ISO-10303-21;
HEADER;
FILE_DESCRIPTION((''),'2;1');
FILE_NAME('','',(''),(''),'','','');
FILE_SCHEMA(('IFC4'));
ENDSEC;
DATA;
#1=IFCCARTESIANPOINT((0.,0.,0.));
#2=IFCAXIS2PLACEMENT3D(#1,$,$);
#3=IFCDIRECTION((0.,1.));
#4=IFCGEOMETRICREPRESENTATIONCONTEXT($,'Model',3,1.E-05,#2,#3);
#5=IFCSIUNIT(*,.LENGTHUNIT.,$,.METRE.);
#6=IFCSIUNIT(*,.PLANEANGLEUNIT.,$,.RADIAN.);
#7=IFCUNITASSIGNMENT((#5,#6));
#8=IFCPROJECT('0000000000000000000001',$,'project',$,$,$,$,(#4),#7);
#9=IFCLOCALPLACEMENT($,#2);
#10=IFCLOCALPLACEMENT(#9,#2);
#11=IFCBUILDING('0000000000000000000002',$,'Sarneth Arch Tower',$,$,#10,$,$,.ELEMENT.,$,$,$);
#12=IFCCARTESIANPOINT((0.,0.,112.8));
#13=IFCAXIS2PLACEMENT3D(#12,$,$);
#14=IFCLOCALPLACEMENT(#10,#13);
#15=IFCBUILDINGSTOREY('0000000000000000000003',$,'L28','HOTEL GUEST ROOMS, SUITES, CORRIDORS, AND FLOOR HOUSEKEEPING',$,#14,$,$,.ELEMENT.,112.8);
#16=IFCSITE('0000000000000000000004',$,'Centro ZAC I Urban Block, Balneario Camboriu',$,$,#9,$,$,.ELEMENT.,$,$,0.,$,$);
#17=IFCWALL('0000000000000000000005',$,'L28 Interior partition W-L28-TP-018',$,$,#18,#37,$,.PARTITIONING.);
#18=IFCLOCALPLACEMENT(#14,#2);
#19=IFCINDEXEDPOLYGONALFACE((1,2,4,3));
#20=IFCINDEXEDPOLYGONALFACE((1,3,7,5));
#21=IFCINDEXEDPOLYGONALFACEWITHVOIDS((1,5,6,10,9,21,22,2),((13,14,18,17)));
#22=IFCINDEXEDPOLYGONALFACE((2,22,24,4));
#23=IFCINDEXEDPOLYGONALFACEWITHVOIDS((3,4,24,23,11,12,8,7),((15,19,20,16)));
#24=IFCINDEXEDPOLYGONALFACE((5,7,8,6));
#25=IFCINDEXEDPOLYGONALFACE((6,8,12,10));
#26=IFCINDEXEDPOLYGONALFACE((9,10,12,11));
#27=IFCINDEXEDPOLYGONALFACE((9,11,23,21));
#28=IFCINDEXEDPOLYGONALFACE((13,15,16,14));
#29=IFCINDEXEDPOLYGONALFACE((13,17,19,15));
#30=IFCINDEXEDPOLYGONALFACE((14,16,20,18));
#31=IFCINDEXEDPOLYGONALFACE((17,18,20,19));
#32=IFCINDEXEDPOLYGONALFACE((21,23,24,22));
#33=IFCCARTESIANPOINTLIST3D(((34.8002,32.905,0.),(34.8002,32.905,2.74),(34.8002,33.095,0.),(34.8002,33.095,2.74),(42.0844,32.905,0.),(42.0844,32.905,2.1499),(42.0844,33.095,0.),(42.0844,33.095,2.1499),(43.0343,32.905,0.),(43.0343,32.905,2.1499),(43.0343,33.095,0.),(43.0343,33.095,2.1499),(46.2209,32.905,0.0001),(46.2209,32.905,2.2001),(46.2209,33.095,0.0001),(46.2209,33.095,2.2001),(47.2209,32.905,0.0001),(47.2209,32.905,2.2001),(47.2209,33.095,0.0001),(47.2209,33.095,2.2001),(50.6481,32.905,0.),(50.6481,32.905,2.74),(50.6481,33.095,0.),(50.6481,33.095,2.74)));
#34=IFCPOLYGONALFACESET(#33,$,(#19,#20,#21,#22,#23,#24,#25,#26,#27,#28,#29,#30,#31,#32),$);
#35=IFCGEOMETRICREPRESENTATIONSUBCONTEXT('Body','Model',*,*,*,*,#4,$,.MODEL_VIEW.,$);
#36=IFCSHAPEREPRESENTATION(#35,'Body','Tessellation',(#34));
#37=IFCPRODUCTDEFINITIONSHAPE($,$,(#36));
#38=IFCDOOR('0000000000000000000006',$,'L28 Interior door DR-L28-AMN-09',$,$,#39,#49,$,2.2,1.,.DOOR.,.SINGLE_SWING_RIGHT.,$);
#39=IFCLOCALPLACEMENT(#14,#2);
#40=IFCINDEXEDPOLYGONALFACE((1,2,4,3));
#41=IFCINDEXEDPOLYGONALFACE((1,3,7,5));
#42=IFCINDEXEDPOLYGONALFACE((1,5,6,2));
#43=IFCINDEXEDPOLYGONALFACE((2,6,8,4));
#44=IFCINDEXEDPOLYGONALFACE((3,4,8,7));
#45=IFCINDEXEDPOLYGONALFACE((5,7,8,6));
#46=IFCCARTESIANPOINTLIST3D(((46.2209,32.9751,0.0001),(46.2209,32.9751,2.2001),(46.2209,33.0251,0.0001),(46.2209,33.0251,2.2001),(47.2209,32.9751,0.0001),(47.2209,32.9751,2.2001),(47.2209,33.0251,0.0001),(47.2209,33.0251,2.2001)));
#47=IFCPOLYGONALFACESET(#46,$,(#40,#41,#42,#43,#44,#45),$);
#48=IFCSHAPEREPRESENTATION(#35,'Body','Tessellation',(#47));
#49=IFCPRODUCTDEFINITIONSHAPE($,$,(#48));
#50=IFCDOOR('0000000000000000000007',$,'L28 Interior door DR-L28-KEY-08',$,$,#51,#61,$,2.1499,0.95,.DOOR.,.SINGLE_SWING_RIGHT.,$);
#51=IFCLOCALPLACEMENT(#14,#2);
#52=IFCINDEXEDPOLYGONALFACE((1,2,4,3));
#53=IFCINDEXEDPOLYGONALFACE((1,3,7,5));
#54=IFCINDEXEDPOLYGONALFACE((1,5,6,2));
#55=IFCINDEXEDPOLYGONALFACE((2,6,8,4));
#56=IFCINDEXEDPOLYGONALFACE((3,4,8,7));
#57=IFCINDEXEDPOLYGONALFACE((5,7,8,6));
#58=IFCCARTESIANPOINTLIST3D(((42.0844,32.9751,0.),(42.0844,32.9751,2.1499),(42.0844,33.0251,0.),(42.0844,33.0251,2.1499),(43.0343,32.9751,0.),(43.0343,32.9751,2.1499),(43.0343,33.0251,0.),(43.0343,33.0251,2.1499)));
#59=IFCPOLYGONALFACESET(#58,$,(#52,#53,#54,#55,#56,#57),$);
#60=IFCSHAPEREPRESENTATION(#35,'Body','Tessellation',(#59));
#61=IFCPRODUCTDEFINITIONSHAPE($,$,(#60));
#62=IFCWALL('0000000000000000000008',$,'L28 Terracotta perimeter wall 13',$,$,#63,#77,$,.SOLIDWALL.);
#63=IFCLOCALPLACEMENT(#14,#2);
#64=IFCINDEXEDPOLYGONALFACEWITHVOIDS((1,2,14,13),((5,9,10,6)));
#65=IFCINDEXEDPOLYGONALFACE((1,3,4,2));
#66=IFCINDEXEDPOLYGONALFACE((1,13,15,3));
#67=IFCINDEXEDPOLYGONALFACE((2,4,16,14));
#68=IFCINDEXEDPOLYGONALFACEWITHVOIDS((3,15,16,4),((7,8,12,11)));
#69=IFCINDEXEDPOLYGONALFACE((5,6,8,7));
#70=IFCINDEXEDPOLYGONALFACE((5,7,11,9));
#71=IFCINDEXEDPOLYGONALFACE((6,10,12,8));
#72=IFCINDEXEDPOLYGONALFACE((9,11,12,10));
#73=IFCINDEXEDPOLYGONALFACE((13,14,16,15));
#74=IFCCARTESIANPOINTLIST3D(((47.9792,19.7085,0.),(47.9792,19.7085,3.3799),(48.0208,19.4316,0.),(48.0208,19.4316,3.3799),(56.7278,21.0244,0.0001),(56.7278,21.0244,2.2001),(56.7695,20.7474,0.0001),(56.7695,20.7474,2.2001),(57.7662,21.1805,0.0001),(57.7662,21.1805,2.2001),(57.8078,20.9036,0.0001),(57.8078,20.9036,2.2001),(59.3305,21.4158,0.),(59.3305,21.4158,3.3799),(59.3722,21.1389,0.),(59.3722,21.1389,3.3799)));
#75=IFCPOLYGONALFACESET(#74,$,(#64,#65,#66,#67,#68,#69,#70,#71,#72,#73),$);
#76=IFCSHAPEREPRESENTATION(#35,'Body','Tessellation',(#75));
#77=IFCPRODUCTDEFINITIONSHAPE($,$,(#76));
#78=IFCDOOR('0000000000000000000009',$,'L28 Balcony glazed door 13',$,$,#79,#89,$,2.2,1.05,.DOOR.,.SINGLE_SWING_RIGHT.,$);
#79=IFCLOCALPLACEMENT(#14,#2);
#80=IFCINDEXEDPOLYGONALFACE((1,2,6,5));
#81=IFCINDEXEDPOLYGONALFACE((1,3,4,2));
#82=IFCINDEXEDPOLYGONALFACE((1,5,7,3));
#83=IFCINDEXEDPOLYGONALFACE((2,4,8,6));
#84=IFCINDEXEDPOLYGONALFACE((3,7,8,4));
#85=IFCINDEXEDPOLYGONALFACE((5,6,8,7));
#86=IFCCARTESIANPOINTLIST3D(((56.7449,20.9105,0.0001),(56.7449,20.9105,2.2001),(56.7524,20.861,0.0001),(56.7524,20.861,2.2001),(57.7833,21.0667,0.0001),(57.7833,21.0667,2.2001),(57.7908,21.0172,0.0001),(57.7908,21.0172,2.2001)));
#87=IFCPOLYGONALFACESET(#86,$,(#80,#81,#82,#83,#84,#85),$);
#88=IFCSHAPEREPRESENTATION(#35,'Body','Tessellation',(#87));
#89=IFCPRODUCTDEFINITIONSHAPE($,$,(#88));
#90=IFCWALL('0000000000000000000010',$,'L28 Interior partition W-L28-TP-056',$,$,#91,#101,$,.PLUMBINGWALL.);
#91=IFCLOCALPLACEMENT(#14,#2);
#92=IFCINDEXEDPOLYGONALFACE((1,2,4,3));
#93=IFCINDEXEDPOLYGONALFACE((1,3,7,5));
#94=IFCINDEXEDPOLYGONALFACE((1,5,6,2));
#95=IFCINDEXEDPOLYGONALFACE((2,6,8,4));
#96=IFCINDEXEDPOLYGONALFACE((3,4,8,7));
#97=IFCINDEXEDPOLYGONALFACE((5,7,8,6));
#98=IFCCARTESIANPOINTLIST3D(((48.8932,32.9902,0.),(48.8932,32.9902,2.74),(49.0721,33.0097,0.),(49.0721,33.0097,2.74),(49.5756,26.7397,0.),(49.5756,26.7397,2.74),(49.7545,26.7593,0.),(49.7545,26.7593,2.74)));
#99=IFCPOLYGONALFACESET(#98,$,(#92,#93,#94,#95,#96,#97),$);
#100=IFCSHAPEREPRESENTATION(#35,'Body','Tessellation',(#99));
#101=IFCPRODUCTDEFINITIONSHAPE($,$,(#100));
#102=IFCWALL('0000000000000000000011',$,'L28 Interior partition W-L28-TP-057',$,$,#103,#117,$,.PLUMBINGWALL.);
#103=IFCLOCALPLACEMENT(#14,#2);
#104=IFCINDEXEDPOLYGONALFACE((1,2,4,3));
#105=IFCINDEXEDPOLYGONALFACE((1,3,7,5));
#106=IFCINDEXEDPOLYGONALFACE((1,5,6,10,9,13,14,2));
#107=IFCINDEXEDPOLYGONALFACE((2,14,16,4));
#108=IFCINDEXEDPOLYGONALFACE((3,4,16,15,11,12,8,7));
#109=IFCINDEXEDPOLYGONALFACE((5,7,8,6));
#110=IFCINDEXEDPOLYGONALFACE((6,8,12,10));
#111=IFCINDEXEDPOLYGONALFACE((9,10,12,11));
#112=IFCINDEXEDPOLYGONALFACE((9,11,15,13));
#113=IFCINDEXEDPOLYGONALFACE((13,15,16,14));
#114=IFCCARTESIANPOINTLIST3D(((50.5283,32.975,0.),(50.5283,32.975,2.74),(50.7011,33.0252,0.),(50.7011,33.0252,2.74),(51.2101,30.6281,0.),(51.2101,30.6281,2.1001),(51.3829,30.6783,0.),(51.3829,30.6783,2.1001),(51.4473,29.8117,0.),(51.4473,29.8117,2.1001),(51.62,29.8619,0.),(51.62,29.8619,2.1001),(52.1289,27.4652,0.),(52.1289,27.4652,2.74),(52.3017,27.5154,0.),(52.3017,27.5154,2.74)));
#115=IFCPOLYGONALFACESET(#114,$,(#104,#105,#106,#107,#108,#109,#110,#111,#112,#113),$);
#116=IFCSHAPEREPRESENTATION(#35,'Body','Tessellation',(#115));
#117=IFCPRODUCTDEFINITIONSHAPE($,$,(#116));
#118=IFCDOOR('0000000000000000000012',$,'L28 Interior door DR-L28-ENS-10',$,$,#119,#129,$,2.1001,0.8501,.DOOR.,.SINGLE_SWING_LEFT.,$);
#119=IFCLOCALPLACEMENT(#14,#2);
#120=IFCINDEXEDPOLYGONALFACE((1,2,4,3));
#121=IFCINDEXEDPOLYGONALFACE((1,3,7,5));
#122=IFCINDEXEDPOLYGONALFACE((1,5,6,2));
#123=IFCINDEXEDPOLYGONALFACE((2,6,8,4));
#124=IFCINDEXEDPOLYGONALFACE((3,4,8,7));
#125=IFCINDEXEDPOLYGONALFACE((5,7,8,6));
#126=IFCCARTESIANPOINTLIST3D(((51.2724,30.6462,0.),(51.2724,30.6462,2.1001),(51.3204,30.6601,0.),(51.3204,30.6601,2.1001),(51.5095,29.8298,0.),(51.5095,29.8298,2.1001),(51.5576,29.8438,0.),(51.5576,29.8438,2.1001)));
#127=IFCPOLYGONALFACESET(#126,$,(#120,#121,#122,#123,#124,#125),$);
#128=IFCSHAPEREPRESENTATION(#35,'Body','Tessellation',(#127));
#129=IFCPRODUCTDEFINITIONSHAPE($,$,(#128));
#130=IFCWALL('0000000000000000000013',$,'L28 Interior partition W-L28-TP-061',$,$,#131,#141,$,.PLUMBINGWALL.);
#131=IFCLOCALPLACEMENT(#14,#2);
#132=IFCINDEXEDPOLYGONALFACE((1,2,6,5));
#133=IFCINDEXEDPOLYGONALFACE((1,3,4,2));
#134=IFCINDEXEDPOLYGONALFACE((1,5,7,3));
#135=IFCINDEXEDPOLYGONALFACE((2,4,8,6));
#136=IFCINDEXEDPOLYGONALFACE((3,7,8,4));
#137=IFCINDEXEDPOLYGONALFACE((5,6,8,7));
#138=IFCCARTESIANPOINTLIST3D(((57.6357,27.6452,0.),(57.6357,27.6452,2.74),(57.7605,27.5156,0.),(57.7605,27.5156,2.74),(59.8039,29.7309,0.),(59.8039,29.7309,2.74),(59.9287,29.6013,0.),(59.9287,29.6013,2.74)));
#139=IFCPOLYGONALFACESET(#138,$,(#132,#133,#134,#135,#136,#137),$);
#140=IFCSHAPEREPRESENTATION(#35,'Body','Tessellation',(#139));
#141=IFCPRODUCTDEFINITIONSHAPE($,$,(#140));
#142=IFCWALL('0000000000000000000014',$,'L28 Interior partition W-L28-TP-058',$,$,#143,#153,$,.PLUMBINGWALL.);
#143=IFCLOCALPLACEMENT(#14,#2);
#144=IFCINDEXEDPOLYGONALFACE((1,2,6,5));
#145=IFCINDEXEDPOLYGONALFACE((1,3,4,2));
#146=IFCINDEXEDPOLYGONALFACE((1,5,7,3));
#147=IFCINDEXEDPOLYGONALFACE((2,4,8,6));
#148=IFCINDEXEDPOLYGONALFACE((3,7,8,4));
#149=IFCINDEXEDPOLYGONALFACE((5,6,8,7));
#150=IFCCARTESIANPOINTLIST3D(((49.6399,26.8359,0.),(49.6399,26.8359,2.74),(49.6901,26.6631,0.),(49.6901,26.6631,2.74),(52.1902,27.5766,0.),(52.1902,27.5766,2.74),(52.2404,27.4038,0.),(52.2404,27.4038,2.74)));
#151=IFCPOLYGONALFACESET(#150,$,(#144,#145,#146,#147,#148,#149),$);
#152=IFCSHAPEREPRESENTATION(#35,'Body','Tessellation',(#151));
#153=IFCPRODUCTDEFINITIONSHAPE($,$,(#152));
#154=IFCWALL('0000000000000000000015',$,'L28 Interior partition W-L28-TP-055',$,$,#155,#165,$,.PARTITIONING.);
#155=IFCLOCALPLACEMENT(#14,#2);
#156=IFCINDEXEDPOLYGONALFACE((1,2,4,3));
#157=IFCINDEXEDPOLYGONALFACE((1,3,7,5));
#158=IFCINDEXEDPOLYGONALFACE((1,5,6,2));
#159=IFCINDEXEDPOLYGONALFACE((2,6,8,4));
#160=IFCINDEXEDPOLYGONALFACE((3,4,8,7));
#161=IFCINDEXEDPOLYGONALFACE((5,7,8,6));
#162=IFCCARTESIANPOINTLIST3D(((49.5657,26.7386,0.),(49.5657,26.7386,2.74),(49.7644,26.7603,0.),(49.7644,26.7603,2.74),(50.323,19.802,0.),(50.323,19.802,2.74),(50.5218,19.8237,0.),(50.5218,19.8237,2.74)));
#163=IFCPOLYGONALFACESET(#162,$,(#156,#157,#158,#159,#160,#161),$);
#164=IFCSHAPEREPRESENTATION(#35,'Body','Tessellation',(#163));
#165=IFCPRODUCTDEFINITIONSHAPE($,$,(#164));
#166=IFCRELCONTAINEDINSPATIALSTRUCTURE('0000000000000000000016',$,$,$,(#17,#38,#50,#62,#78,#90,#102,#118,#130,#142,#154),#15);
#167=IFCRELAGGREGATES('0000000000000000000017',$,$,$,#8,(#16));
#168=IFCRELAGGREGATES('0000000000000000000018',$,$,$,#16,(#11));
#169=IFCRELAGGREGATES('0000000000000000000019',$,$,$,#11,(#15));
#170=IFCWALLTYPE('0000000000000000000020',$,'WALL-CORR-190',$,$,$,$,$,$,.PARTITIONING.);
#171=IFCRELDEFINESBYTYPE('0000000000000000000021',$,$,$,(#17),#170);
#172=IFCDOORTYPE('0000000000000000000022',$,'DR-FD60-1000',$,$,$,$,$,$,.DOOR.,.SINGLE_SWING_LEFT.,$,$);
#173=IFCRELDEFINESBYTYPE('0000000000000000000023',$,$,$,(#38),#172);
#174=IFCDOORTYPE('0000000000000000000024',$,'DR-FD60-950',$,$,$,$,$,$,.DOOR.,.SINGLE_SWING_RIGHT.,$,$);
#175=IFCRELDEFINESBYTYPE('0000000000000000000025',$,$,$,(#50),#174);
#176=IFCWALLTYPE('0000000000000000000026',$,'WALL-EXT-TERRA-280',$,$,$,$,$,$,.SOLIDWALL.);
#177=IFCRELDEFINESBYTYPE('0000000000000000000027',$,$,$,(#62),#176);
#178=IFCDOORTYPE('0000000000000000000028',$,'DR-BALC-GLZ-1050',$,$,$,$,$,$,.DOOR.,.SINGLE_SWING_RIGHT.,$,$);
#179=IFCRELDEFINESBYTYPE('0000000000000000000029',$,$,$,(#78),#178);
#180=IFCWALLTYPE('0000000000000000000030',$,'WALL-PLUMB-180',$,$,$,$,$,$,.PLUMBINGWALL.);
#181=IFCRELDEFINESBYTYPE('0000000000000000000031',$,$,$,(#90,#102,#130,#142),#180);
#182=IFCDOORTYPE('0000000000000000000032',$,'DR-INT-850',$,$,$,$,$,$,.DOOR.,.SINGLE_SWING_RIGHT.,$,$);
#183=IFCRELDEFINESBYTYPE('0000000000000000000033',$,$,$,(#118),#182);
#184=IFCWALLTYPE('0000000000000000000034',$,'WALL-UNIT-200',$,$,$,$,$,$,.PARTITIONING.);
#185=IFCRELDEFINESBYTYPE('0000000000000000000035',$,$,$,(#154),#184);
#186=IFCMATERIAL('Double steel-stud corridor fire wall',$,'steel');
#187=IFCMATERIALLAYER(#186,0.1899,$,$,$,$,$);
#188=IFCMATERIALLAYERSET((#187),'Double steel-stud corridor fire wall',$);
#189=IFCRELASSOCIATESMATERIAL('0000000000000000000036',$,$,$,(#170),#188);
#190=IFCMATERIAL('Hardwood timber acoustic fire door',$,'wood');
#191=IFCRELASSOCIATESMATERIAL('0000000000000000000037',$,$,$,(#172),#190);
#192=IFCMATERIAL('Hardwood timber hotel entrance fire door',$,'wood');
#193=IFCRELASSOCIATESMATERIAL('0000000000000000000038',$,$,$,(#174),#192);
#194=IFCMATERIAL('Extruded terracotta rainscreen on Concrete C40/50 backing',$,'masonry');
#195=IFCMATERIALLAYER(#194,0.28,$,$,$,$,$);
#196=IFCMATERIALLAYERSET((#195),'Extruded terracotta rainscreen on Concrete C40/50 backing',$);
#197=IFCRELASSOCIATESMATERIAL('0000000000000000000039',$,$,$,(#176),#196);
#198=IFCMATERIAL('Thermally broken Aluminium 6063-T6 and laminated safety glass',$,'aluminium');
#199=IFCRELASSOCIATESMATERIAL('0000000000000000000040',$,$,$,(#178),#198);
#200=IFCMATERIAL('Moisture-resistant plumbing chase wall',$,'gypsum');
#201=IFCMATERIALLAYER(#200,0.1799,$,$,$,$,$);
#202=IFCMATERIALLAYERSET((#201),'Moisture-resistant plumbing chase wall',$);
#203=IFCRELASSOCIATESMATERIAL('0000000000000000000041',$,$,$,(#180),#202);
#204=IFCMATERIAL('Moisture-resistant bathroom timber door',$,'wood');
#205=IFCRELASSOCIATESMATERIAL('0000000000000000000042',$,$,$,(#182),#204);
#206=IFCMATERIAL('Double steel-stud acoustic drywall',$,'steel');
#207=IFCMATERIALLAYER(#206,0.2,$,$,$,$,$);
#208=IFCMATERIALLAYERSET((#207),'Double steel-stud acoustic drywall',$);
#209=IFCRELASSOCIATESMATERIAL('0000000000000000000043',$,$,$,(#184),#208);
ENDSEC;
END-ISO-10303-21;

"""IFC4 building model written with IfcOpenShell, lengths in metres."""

from ifc_helpers import new_model, si_unit, direction, frame, frame_2d, origin, place, context, subcontext, project, spatial, rectangle, extrude, material, layer, layer_set, type_object, element, fill, save


model = new_model("IFC4")

# Units and contexts
model_context = context("Model", 3, precision=1e-05, world=origin(), true_north=direction((0.0, 1.0)))
body_context = subcontext(model_context, "Body", "Model", "MODEL_VIEW")
ifc_project = project(units=[si_unit("LENGTHUNIT", "METRE"), si_unit("PLANEANGLEUNIT", "RADIAN")], contexts=[model_context])

# Site, building, storey
site_placement = place(None, origin())
site = spatial("IfcSite", under=ifc_project, at=site_placement, Name="Centro ZAC I Urban Block, Balneario Camboriu", CompositionType="ELEMENT", RefElevation=0.0)
building_placement = place(site_placement, origin())
building = spatial("IfcBuilding", under=site, at=building_placement, Name="Sarneth Arch Tower", CompositionType="ELEMENT")
storey_placement = place(building_placement, frame((0.0, 0.0, 112.8)))
storey = spatial("IfcBuildingStorey", under=building, at=storey_placement, Name="L28", Description="HOTEL GUEST ROOMS, SUITES, CORRIDORS, AND FLOOR HOUSEKEEPING", CompositionType="ELEMENT", Elevation=112.8)

# Wall, openings, doors
ifc_material_1 = material(Name="Double steel-stud corridor fire wall", Category="steel")
ifc_layer_1 = layer(ifc_material_1, 0.1899)
ifc_layer_set_1 = layer_set([ifc_layer_1], Name="Double steel-stud corridor fire wall")
wall_type_1 = type_object("IfcWallType", Name="WALL-CORR-190", PredefinedType="PARTITIONING", material=ifc_layer_set_1)
wall_1_placement = place(storey_placement, frame((50.6479, 33.0, 0.0), z_axis=(0.0, 0.0, 1.0), x_axis=(-1.0, 0.0, 0.0)))
wall_1 = element("IfcWall", 1, at=wall_1_placement, inside=storey, type_object=wall_type_1, Name="L28 Interior partition W-L28-TP-018", PredefinedType="PARTITIONING", context=body_context, shape_type="SweptSolid", body=[
    extrude(rectangle(XDim=15.8479, YDim=0.1899, at=frame_2d((7.9238, 0.0))), origin(), (0.0, 0.0, 1.0), 2.74),
])
opening_1_placement = place(wall_1_placement, frame((3.427, 0.0, 0.0)))
opening_1 = element("IfcOpeningElement", 2, at=opening_1_placement, cuts=wall_1, PredefinedType="OPENING", context=body_context, shape_type="SweptSolid", body=[
    extrude(rectangle(XDim=1.0, YDim=2.2, at=frame_2d((0.5, 1.1001))), frame((0.0, 0.105, 0.0), z_axis=(0.0, -1.0, 0.0), x_axis=(1.0, 0.0, 0.0)), (0.0, 0.0, 1.0), 0.21),
])
opening_2_placement = place(wall_1_placement, frame((7.6135, 0.0, 0.0)))
opening_2 = element("IfcOpeningElement", 3, at=opening_2_placement, cuts=wall_1, PredefinedType="OPENING", context=body_context, shape_type="SweptSolid", body=[
    extrude(rectangle(XDim=0.95, YDim=2.1499, at=frame_2d((0.4751, 1.075))), frame((0.0, 0.105, 0.0), z_axis=(0.0, -1.0, 0.0), x_axis=(1.0, 0.0, 0.0)), (0.0, 0.0, 1.0), 0.21),
])
ifc_material_2 = material(Name="Hardwood timber acoustic fire door", Category="wood")
door_type_1 = type_object("IfcDoorType", Name="DR-FD60-1000", OperationType="SINGLE_SWING_LEFT", PredefinedType="DOOR", material=ifc_material_2)
door_1_placement = place(opening_1_placement, origin())
door_1 = element("IfcDoor", 4, at=door_1_placement, inside=storey, type_object=door_type_1, Name="L28 Interior door DR-L28-AMN-09", OperationType="SINGLE_SWING_RIGHT", OverallHeight=2.2, OverallWidth=1.0, PredefinedType="DOOR", context=body_context, shape_type="SweptSolid", body=[
    extrude(rectangle(XDim=1.0, YDim=2.2, at=frame_2d((0.5, 1.1001))), frame((0.0, 0.0249, 0.0), z_axis=(0.0, -1.0, 0.0), x_axis=(1.0, 0.0, 0.0)), (0.0, 0.0, 1.0), 0.05),
])
fill(opening_1, door_1)
ifc_material_3 = material(Name="Hardwood timber hotel entrance fire door", Category="wood")
door_type_2 = type_object("IfcDoorType", Name="DR-FD60-950", OperationType="SINGLE_SWING_RIGHT", PredefinedType="DOOR", material=ifc_material_3)
door_2_placement = place(opening_2_placement, origin())
door_2 = element("IfcDoor", 5, at=door_2_placement, inside=storey, type_object=door_type_2, Name="L28 Interior door DR-L28-KEY-08", OperationType="SINGLE_SWING_RIGHT", OverallHeight=2.1499, OverallWidth=0.95, PredefinedType="DOOR", context=body_context, shape_type="SweptSolid", body=[
    extrude(rectangle(XDim=0.95, YDim=2.1499, at=frame_2d((0.4751, 1.075))), frame((0.0, 0.0249, 0.0), z_axis=(0.0, -1.0, 0.0), x_axis=(1.0, 0.0, 0.0)), (0.0, 0.0, 1.0), 0.05),
])
fill(opening_2, door_2)

# Wall, opening, door
ifc_material_4 = material(Name="Extruded terracotta rainscreen on Concrete C40/50 backing", Category="masonry")
ifc_layer_2 = layer(ifc_material_4, 0.28)
ifc_layer_set_2 = layer_set([ifc_layer_2], Name="Extruded terracotta rainscreen on Concrete C40/50 backing")
wall_type_2 = type_object("IfcWallType", Name="WALL-EXT-TERRA-280", PredefinedType="SOLIDWALL", material=ifc_layer_set_2)
wall_2_placement = place(storey_placement, frame((48.0, 19.5701, 0.0), z_axis=(0.0, 0.0, 1.0), x_axis=(0.988878, 0.14873, 0.0)))
wall_2 = element("IfcWall", 6, at=wall_2_placement, inside=storey, type_object=wall_type_2, Name="L28 Terracotta perimeter wall 13", PredefinedType="SOLIDWALL", context=body_context, shape_type="SweptSolid", body=[
    extrude(rectangle(XDim=11.479, YDim=0.28, at=frame_2d((5.7395, 0.0))), origin(), (0.0, 0.0, 1.0), 3.3799),
])
opening_3_placement = place(wall_2_placement, frame((8.8472, 0.0, 0.0)))
opening_3 = element("IfcOpeningElement", 7, at=opening_3_placement, cuts=wall_2, PredefinedType="OPENING", context=body_context, shape_type="SweptSolid", body=[
    extrude(rectangle(XDim=1.05, YDim=2.2, at=frame_2d((0.5249, 1.1001))), frame((0.0, 0.1499, 0.0), z_axis=(0.0, -1.0, 0.0), x_axis=(1.0, 0.0, 0.0)), (0.0, 0.0, 1.0), 0.3),
])
ifc_material_5 = material(Name="Thermally broken Aluminium 6063-T6 and laminated safety glass", Category="aluminium")
door_type_3 = type_object("IfcDoorType", Name="DR-BALC-GLZ-1050", OperationType="SINGLE_SWING_RIGHT", PredefinedType="DOOR", material=ifc_material_5)
door_3_placement = place(opening_3_placement, origin())
door_3 = element("IfcDoor", 8, at=door_3_placement, inside=storey, type_object=door_type_3, Name="L28 Balcony glazed door 13", OperationType="SINGLE_SWING_RIGHT", OverallHeight=2.2, OverallWidth=1.05, PredefinedType="DOOR", context=body_context, shape_type="SweptSolid", body=[
    extrude(rectangle(XDim=1.05, YDim=2.2, at=frame_2d((0.5249, 1.1001))), frame((0.0, 0.0249, 0.0), z_axis=(0.0, -1.0, 0.0), x_axis=(1.0, 0.0, 0.0)), (0.0, 0.0, 1.0), 0.05),
])
fill(opening_3, door_3)

# Wall
ifc_material_6 = material(Name="Moisture-resistant plumbing chase wall", Category="gypsum")
ifc_layer_3 = layer(ifc_material_6, 0.1799)
ifc_layer_set_3 = layer_set([ifc_layer_3], Name="Moisture-resistant plumbing chase wall")
wall_type_3 = type_object("IfcWallType", Name="WALL-PLUMB-180", PredefinedType="PLUMBINGWALL", material=ifc_layer_set_3)
wall_3_placement = place(storey_placement, frame((49.665, 26.7495, 0.0), z_axis=(0.0, 0.0, 1.0), x_axis=(-0.108526, 0.994094, 0.0)))
element("IfcWall", 9, at=wall_3_placement, inside=storey, type_object=wall_type_3, Name="L28 Interior partition W-L28-TP-056", PredefinedType="PLUMBINGWALL", context=body_context, shape_type="SweptSolid", body=[
    extrude(rectangle(XDim=6.2876, YDim=0.1799, at=frame_2d((3.1438, 0.0))), origin(), (0.0, 0.0, 1.0), 2.74),
])

# Wall, opening, door
wall_4_placement = place(storey_placement, frame((50.6147, 33.0, 0.0), z_axis=(0.0, 0.0, 1.0), x_axis=(0.278967, -0.960301, 0.0)))
wall_4 = element("IfcWall", 10, at=wall_4_placement, inside=storey, type_object=wall_type_3, Name="L28 Interior partition W-L28-TP-057", PredefinedType="PLUMBINGWALL", context=body_context, shape_type="SweptSolid", body=[
    extrude(rectangle(XDim=5.7375, YDim=0.1799, at=frame_2d((2.8687, 0.0))), origin(), (0.0, 0.0, 1.0), 2.74),
])
opening_4_placement = place(wall_4_placement, frame((2.4438, 0.0, 0.0)))
opening_4 = element("IfcOpeningElement", 11, at=opening_4_placement, cuts=wall_4, PredefinedType="OPENING", context=body_context, shape_type="SweptSolid", body=[
    extrude(rectangle(XDim=0.8501, YDim=2.1001, at=frame_2d((0.425, 1.05))), frame((0.0, 0.0999, 0.0), z_axis=(0.0, -1.0, 0.0), x_axis=(1.0, 0.0, 0.0)), (0.0, 0.0, 1.0), 0.2),
])
ifc_material_7 = material(Name="Moisture-resistant bathroom timber door", Category="wood")
door_type_4 = type_object("IfcDoorType", Name="DR-INT-850", OperationType="SINGLE_SWING_RIGHT", PredefinedType="DOOR", material=ifc_material_7)
door_4_placement = place(opening_4_placement, origin())
door_4 = element("IfcDoor", 12, at=door_4_placement, inside=storey, type_object=door_type_4, Name="L28 Interior door DR-L28-ENS-10", OperationType="SINGLE_SWING_LEFT", OverallHeight=2.1001, OverallWidth=0.8501, PredefinedType="DOOR", context=body_context, shape_type="SweptSolid", body=[
    extrude(rectangle(XDim=0.8501, YDim=2.1001, at=frame_2d((0.425, 1.05))), frame((0.0, 0.0249, 0.0), z_axis=(0.0, -1.0, 0.0), x_axis=(1.0, 0.0, 0.0)), (0.0, 0.0, 1.0), 0.05),
])
fill(opening_4, door_4)

# Walls
wall_5_placement = place(storey_placement, frame((57.698, 27.5803, 0.0), z_axis=(0.0, 0.0, 1.0), x_axis=(0.720688, 0.69326, 0.0)))
element("IfcWall", 13, at=wall_5_placement, inside=storey, type_object=wall_type_3, Name="L28 Interior partition W-L28-TP-061", PredefinedType="PLUMBINGWALL", context=body_context, shape_type="SweptSolid", body=[
    extrude(rectangle(XDim=3.0085, YDim=0.1799, at=frame_2d((1.5044, 0.0))), origin(), (0.0, 0.0, 1.0), 2.74),
])
wall_6_placement = place(storey_placement, frame((52.2153, 27.4902, 0.0), z_axis=(0.0, 0.0, 1.0), x_axis=(-0.960314, -0.27892, 0.0)))
element("IfcWall", 14, at=wall_6_placement, inside=storey, type_object=wall_type_3, Name="L28 Interior partition W-L28-TP-058", PredefinedType="PLUMBINGWALL", context=body_context, shape_type="SweptSolid", body=[
    extrude(rectangle(XDim=2.6558, YDim=0.1799, at=frame_2d((1.3279, 0.0))), origin(), (0.0, 0.0, 1.0), 2.74),
])
ifc_material_8 = material(Name="Double steel-stud acoustic drywall", Category="steel")
ifc_layer_4 = layer(ifc_material_8, 0.2)
ifc_layer_set_4 = layer_set([ifc_layer_4], Name="Double steel-stud acoustic drywall")
wall_type_4 = type_object("IfcWallType", Name="WALL-UNIT-200", PredefinedType="PARTITIONING", material=ifc_layer_set_4)
wall_7_placement = place(storey_placement, frame((50.4224, 19.813, 0.0), z_axis=(0.0, 0.0, 1.0), x_axis=(-0.108534, 0.994093, 0.0)))
element("IfcWall", 15, at=wall_7_placement, inside=storey, type_object=wall_type_4, Name="L28 Interior partition W-L28-TP-055", PredefinedType="PARTITIONING", context=body_context, shape_type="SweptSolid", body=[
    extrude(rectangle(XDim=6.9778, YDim=0.2, at=frame_2d((3.4888, 0.0))), origin(), (0.0, 0.0, 1.0), 2.74),
])

save(model, "model.ifc")
